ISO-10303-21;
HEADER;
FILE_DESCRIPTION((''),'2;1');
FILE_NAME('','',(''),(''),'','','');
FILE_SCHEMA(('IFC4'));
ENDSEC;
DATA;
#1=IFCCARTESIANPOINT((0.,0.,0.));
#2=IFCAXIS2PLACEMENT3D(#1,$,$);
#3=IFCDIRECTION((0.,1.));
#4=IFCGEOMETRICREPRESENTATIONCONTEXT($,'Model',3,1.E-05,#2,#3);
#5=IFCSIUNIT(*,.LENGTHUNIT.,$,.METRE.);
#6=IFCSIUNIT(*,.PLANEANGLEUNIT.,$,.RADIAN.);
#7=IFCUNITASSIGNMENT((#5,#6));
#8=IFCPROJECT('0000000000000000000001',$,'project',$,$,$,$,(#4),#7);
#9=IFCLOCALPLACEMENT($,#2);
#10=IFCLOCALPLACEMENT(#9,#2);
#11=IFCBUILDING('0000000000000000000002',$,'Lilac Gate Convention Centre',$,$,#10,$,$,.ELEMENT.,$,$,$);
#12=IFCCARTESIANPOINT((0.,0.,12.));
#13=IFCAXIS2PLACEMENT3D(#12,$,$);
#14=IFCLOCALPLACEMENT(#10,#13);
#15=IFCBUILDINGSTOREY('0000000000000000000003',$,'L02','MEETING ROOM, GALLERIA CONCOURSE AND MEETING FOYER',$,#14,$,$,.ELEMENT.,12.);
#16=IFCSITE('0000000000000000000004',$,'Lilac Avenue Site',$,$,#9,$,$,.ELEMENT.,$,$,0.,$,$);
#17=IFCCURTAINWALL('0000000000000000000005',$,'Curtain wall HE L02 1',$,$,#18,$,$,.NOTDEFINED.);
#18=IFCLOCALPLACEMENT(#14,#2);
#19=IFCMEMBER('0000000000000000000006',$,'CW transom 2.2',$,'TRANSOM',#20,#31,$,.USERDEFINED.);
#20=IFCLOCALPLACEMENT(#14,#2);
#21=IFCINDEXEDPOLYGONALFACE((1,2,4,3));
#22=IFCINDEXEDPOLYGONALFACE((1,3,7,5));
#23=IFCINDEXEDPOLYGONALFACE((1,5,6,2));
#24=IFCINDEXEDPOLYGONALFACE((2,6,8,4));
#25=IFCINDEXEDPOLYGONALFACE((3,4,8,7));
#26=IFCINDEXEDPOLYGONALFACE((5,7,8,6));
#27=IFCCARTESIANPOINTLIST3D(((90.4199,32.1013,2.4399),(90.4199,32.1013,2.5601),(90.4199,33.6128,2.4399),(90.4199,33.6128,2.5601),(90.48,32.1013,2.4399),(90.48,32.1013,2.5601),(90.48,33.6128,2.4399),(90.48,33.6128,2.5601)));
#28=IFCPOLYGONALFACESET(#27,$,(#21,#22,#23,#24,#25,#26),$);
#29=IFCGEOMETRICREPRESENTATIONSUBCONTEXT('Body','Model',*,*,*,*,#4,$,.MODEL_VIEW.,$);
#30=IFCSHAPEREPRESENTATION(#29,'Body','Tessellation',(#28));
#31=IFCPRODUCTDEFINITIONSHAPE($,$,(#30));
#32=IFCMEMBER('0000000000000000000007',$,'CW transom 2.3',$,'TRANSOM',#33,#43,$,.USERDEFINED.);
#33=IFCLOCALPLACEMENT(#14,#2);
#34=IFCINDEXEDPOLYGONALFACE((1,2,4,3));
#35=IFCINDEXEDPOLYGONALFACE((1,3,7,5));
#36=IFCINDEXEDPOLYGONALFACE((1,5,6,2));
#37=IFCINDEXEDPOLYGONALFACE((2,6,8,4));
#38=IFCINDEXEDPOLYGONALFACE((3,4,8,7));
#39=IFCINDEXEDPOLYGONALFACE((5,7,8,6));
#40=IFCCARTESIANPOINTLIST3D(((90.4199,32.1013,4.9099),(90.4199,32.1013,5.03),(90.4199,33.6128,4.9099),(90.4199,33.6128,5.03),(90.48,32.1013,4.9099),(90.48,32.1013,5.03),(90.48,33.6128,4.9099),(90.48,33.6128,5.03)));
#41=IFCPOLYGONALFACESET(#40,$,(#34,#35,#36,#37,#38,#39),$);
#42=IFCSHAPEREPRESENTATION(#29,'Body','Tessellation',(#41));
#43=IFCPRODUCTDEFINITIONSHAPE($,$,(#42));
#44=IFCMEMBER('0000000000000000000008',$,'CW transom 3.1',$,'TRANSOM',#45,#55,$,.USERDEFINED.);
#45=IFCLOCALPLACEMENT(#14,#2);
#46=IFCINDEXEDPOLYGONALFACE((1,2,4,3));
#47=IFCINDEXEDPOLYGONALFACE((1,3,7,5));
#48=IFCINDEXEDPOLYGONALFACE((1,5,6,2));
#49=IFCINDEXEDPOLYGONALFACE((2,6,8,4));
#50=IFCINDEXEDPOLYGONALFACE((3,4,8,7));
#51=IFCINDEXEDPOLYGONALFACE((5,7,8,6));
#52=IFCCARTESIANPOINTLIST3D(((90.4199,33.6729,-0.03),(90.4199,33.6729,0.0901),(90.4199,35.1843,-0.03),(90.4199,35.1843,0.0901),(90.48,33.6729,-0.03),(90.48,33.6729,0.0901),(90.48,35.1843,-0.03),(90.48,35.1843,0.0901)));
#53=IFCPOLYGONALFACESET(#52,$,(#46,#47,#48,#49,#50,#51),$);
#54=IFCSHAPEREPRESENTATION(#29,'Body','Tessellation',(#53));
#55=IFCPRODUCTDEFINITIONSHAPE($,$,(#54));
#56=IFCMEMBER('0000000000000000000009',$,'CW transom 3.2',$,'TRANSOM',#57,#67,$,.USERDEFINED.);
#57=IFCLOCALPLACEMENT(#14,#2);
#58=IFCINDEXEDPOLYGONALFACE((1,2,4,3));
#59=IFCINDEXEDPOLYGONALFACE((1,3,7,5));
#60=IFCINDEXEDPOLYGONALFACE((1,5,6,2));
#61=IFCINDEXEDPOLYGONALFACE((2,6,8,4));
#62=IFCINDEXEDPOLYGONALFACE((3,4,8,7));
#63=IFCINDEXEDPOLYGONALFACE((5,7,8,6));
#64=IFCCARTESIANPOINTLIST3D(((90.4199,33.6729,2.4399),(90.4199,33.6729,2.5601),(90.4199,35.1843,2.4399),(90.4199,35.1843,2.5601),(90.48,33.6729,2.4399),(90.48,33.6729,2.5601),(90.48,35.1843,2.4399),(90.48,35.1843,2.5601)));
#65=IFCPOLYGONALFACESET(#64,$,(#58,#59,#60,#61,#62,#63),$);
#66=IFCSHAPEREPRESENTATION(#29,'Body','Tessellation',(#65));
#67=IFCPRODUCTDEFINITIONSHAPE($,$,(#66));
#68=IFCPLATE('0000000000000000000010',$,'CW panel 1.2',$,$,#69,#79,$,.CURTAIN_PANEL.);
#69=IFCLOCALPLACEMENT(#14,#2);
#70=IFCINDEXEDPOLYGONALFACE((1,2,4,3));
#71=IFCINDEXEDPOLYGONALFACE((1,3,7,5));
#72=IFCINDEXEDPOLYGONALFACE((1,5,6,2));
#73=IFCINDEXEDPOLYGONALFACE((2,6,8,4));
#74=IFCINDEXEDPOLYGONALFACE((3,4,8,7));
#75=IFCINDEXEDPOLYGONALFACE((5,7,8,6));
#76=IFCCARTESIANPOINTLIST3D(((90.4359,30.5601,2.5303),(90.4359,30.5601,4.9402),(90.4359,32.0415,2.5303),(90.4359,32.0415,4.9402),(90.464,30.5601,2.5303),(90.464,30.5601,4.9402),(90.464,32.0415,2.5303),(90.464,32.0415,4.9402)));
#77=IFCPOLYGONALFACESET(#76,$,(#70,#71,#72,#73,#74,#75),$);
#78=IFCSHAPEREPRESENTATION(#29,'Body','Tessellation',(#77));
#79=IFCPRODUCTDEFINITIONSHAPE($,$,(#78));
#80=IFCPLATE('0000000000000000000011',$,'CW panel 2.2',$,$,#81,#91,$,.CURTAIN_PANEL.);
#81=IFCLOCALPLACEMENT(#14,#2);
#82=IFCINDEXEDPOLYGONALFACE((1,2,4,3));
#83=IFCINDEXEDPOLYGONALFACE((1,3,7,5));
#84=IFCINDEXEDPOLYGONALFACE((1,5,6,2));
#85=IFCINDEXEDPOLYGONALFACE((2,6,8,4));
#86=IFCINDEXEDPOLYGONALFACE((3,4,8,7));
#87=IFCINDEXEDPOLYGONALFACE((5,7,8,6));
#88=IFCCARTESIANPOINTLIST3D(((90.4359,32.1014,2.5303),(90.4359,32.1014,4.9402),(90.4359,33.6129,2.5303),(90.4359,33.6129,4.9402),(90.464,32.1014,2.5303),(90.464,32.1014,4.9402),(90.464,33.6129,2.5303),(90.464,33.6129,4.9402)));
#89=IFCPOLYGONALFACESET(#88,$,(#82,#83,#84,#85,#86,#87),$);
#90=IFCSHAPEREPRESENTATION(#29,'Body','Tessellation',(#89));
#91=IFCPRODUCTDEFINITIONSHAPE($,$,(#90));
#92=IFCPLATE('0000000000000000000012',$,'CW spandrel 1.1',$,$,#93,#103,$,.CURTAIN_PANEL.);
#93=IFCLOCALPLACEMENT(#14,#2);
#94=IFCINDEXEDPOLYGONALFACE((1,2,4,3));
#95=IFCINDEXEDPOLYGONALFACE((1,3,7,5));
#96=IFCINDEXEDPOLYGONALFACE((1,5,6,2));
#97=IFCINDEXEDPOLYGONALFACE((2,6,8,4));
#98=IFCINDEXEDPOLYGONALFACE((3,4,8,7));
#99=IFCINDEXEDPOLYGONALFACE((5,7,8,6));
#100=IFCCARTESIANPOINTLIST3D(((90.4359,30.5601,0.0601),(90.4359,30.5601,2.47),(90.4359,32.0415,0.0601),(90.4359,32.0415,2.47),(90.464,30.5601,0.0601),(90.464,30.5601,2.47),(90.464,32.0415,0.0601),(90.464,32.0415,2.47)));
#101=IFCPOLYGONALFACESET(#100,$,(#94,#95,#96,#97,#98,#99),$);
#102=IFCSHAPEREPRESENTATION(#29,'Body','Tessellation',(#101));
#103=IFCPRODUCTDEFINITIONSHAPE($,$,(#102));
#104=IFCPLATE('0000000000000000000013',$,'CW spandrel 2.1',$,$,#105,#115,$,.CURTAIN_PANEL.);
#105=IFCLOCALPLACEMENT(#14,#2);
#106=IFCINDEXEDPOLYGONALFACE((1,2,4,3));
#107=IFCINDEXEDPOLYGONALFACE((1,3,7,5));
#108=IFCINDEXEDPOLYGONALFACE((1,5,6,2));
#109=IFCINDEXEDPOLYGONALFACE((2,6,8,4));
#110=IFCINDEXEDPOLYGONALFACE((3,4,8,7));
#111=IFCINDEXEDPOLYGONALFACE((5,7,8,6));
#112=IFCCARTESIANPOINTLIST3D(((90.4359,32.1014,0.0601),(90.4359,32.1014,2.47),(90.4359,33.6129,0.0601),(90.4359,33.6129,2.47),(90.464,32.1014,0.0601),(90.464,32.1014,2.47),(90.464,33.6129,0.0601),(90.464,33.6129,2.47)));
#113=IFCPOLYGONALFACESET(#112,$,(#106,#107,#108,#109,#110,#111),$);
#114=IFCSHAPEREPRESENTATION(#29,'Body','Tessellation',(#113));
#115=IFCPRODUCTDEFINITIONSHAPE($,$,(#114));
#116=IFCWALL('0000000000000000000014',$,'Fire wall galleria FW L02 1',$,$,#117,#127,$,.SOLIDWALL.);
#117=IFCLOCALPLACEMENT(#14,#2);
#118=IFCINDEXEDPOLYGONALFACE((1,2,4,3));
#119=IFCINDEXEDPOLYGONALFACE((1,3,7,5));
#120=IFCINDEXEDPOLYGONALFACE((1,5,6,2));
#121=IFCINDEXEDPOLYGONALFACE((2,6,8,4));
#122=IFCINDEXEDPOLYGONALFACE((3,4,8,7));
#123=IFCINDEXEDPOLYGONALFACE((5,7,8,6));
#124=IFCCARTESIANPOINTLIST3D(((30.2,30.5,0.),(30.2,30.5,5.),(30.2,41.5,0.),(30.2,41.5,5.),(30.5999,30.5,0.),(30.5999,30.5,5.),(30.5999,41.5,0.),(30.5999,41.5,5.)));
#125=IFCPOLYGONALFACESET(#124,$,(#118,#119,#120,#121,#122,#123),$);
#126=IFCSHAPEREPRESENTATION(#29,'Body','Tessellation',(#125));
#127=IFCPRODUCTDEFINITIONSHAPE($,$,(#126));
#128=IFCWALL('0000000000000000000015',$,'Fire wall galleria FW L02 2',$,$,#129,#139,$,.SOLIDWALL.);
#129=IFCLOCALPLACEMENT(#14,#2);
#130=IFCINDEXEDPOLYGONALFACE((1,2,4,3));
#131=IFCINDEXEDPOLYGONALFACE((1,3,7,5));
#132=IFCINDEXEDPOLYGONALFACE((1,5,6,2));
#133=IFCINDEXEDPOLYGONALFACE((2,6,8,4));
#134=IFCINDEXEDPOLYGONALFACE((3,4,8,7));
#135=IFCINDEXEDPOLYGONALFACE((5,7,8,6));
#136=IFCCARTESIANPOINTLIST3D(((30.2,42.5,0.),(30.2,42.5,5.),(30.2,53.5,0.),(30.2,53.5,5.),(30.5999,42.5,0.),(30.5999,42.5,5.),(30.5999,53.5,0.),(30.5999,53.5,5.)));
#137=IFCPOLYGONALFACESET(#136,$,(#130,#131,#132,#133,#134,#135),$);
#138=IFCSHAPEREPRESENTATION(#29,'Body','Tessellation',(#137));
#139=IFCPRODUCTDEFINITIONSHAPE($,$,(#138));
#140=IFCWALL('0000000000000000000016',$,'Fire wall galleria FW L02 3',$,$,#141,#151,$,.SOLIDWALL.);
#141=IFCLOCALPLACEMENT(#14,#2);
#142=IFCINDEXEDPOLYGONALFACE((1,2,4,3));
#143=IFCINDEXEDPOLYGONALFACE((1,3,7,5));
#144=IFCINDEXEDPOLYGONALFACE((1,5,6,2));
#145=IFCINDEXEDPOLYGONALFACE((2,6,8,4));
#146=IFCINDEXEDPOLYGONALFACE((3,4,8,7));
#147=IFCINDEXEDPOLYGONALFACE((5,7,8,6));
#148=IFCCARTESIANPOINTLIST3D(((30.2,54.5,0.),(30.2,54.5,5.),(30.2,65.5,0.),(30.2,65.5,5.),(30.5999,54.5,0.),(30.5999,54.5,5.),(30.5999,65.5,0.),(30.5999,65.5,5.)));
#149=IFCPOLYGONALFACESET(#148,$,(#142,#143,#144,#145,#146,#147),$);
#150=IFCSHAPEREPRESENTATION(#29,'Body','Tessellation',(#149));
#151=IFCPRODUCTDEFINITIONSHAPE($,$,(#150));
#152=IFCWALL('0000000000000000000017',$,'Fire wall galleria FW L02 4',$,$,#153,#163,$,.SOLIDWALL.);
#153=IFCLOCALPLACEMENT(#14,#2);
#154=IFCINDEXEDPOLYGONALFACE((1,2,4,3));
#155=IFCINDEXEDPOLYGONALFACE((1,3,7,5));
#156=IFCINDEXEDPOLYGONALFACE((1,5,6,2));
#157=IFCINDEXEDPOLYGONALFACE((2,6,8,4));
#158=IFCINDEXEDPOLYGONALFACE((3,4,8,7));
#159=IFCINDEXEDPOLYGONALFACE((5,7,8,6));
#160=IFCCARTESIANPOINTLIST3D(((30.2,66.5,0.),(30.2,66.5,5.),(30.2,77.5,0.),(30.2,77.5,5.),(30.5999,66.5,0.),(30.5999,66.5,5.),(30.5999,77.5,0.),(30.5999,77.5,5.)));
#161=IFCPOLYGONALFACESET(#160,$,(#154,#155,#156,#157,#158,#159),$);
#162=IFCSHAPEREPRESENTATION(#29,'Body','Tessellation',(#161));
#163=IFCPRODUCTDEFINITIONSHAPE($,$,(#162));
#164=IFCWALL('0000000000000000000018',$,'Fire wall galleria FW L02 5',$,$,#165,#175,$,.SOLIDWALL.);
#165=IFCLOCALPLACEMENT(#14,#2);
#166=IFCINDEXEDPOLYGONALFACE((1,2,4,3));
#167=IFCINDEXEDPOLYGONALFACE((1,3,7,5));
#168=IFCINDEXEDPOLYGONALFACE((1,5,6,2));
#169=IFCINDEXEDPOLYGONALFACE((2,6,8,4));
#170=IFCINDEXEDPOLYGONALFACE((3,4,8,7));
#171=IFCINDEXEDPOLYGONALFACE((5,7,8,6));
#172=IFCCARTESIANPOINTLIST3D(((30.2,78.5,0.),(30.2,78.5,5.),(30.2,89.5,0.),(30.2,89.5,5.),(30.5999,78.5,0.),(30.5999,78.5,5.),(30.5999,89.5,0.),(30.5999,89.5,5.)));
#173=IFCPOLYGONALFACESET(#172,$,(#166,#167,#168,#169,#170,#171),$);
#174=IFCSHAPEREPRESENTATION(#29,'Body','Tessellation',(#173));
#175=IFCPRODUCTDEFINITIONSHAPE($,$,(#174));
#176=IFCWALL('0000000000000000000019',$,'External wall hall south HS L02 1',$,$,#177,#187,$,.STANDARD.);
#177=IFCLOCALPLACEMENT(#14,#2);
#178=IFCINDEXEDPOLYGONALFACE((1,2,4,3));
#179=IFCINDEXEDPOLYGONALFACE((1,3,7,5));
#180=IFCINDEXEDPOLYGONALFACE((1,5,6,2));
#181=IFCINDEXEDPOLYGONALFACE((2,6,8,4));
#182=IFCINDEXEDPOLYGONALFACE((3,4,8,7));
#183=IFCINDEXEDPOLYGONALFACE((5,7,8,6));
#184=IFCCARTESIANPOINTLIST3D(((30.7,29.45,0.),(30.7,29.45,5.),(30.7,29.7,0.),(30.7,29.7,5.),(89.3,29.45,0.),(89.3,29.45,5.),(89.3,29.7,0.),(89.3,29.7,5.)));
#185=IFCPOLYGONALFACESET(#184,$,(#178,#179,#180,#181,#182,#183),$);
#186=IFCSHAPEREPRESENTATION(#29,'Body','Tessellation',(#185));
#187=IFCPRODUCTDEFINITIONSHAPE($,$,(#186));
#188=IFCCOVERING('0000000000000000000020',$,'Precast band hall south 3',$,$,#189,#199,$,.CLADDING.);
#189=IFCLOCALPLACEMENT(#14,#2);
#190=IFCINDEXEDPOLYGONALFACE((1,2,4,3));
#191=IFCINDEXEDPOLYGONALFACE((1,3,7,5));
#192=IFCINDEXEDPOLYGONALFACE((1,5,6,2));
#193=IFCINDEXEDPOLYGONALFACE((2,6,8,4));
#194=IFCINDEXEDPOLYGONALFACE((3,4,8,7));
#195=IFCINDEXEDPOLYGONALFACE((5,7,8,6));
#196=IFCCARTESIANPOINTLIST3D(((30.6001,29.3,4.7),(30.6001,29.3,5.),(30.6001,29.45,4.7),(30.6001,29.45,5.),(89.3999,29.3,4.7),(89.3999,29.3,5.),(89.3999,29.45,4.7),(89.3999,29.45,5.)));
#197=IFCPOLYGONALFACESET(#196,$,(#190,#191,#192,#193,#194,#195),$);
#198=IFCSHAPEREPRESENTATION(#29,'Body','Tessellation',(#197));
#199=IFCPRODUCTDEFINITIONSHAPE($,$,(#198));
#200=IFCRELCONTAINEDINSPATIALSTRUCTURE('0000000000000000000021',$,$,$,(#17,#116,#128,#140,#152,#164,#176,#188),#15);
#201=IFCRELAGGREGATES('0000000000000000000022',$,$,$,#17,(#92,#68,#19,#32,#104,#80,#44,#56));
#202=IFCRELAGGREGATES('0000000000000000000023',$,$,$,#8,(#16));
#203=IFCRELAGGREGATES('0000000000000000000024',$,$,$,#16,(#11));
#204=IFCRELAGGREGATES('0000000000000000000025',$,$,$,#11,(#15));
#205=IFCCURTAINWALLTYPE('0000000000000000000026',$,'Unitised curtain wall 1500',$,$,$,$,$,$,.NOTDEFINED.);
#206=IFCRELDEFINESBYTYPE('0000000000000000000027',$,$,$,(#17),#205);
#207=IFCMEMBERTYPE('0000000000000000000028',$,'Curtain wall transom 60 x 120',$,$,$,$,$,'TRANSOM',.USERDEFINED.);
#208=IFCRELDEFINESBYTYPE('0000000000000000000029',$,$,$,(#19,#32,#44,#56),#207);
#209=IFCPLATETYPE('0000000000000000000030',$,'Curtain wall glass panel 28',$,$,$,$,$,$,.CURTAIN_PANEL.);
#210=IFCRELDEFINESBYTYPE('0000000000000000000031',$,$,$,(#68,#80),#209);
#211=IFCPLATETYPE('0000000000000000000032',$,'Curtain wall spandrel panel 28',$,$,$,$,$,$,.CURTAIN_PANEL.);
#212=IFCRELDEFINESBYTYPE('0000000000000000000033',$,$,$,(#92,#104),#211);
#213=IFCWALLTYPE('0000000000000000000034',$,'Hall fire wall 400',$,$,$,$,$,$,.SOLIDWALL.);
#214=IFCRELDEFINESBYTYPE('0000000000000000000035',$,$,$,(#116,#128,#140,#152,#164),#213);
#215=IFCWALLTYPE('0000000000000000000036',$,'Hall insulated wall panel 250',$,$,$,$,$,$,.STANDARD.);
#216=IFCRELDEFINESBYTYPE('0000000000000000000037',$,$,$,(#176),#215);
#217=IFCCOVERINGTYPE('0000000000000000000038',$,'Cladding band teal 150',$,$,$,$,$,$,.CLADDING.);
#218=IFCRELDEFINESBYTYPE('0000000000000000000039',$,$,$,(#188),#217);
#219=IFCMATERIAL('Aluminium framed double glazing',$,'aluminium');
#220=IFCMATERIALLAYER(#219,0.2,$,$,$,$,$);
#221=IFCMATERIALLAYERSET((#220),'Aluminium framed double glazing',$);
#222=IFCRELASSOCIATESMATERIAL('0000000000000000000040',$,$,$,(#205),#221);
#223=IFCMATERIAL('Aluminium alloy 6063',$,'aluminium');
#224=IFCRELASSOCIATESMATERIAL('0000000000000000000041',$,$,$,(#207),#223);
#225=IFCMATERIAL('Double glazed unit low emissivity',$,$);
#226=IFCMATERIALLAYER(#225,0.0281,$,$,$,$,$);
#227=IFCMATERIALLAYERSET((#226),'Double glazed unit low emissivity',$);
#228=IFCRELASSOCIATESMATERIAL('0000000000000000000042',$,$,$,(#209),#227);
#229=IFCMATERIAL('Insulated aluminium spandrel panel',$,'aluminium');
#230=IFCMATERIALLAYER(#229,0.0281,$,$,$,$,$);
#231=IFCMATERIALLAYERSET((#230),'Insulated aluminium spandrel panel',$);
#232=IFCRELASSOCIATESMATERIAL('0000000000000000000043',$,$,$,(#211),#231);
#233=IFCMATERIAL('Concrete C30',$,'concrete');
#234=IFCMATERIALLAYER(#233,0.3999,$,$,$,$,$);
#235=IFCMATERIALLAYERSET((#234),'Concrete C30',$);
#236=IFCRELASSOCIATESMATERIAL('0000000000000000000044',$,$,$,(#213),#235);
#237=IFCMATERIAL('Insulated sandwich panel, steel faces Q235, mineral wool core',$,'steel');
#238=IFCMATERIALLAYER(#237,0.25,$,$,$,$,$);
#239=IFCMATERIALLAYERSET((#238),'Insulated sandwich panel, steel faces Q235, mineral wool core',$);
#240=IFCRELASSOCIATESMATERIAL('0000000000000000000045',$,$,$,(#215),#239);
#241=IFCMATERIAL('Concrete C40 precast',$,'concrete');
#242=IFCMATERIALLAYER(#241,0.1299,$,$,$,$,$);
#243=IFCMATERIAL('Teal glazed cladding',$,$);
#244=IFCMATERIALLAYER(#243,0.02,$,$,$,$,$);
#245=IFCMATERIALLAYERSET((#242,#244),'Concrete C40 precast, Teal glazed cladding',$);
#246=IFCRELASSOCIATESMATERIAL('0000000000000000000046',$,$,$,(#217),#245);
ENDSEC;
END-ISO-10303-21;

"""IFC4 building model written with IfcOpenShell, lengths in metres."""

from ifc_helpers import new_model, si_unit, direction, frame, frame_2d, origin, origin_2d, place, context, subcontext, project, spatial, rectangle, extrude, material, layer, layer_set, material_profile, profile_set, type_object, element, aggregate, save


model = new_model("IFC4")

# Units and contexts
model_context = context("Model", 3, precision=1e-05, world=origin(), true_north=direction((0.0, 1.0)))
body_context = subcontext(model_context, "Body", "Model", "MODEL_VIEW")
ifc_project = project(units=[si_unit("LENGTHUNIT", "METRE"), si_unit("PLANEANGLEUNIT", "RADIAN")], contexts=[model_context])

# Site, building, storey
site_placement = place(None, origin())
site = spatial("IfcSite", under=ifc_project, at=site_placement, Name="Lilac Avenue Site", CompositionType="ELEMENT", RefElevation=0.0)
building_placement = place(site_placement, origin())
building = spatial("IfcBuilding", under=site, at=building_placement, Name="Lilac Gate Convention Centre", CompositionType="ELEMENT")
storey_placement = place(building_placement, frame((0.0, 0.0, 12.0)))
storey = spatial("IfcBuildingStorey", under=building, at=storey_placement, Name="L02", Description="MEETING ROOM, GALLERIA CONCOURSE AND MEETING FOYER", CompositionType="ELEMENT", Elevation=12.0)

# Curtain wall, members, plates
ifc_material_1 = material(Name="Aluminium framed double glazing", Category="aluminium")
ifc_layer_1 = layer(ifc_material_1, 0.2)
ifc_layer_set_1 = layer_set([ifc_layer_1], Name="Aluminium framed double glazing")
curtain_wall_type = type_object("IfcCurtainWallType", Name="Unitised curtain wall 1500", PredefinedType="NOTDEFINED", material=ifc_layer_set_1)
curtain_wall_placement = place(storey_placement, origin())
curtain_wall = element("IfcCurtainWall", 1, at=curtain_wall_placement, inside=storey, type_object=curtain_wall_type, Name="Curtain wall HE L02 1", PredefinedType="NOTDEFINED")
ifc_material_2 = material(Name="Aluminium alloy 6063", Category="aluminium")
ifc_material_profile_1 = material_profile(ifc_material_2, rectangle(XDim=0.0601, YDim=0.1201, at=origin_2d()), Name="Curtain wall transom 60 x 120")
ifc_profile_set_1 = profile_set([ifc_material_profile_1], Name="Aluminium alloy 6063")
member_type_1 = type_object("IfcMemberType", Name="Curtain wall transom 60 x 120", ElementType="TRANSOM", PredefinedType="USERDEFINED", material=ifc_profile_set_1)
member_1_placement = place(storey_placement, frame((90.45, 32.1013, 2.5), z_axis=(0.0, 1.0, 0.0), x_axis=(-1.0, 0.0, 0.0)))
member_1 = element("IfcMember", 2, at=member_1_placement, type_object=member_type_1, Name="CW transom 2.2", ObjectType="TRANSOM", PredefinedType="USERDEFINED", context=body_context, shape_type="SweptSolid", body=[
    extrude(rectangle(XDim=0.0601, YDim=0.1201, at=origin_2d()), origin(), (0.0, 0.0, 1.0), 1.5115),
])
member_2_placement = place(storey_placement, frame((90.45, 32.1013, 4.97), z_axis=(0.0, 1.0, 0.0), x_axis=(-1.0, 0.0, 0.0)))
member_2 = element("IfcMember", 3, at=member_2_placement, type_object=member_type_1, Name="CW transom 2.3", ObjectType="TRANSOM", PredefinedType="USERDEFINED", context=body_context, shape_type="SweptSolid", body=[
    extrude(rectangle(XDim=0.0601, YDim=0.1201, at=origin_2d()), origin(), (0.0, 0.0, 1.0), 1.5115),
])
member_3_placement = place(storey_placement, frame((90.45, 33.6729, 0.03), z_axis=(0.0, 1.0, 0.0), x_axis=(-1.0, 0.0, 0.0)))
member_3 = element("IfcMember", 4, at=member_3_placement, type_object=member_type_1, Name="CW transom 3.1", ObjectType="TRANSOM", PredefinedType="USERDEFINED", context=body_context, shape_type="SweptSolid", body=[
    extrude(rectangle(XDim=0.0601, YDim=0.1201, at=origin_2d()), origin(), (0.0, 0.0, 1.0), 1.5115),
])
member_4_placement = place(storey_placement, frame((90.45, 33.6729, 2.5), z_axis=(0.0, 1.0, 0.0), x_axis=(-1.0, 0.0, 0.0)))
member_4 = element("IfcMember", 5, at=member_4_placement, type_object=member_type_1, Name="CW transom 3.2", ObjectType="TRANSOM", PredefinedType="USERDEFINED", context=body_context, shape_type="SweptSolid", body=[
    extrude(rectangle(XDim=0.0601, YDim=0.1201, at=origin_2d()), origin(), (0.0, 0.0, 1.0), 1.5115),
])
ifc_material_3 = material(Name="Double glazed unit low emissivity")
ifc_layer_2 = layer(ifc_material_3, 0.0281)
ifc_layer_set_2 = layer_set([ifc_layer_2], Name="Double glazed unit low emissivity")
plate_type_1 = type_object("IfcPlateType", Name="Curtain wall glass panel 28", PredefinedType="CURTAIN_PANEL", material=ifc_layer_set_2)
plate_1_placement = place(storey_placement, frame((90.45, 31.3008, 2.5303), z_axis=(0.0, 0.0, 1.0), x_axis=(0.0, 1.0, 0.0)))
plate_1 = element("IfcPlate", 6, at=plate_1_placement, type_object=plate_type_1, Name="CW panel 1.2", PredefinedType="CURTAIN_PANEL", context=body_context, shape_type="SweptSolid", body=[
    extrude(rectangle(XDim=1.4814, YDim=0.0281, at=origin_2d()), origin(), (0.0, 0.0, 1.0), 2.4099),
])
plate_2_placement = place(storey_placement, frame((90.45, 32.8572, 2.5303), z_axis=(0.0, 0.0, 1.0), x_axis=(0.0, 1.0, 0.0)))
plate_2 = element("IfcPlate", 7, at=plate_2_placement, type_object=plate_type_1, Name="CW panel 2.2", PredefinedType="CURTAIN_PANEL", context=body_context, shape_type="SweptSolid", body=[
    extrude(rectangle(XDim=1.5115, YDim=0.0281, at=origin_2d()), origin(), (0.0, 0.0, 1.0), 2.4099),
])
ifc_material_4 = material(Name="Insulated aluminium spandrel panel", Category="aluminium")
ifc_layer_3 = layer(ifc_material_4, 0.0281)
ifc_layer_set_3 = layer_set([ifc_layer_3], Name="Insulated aluminium spandrel panel")
plate_type_2 = type_object("IfcPlateType", Name="Curtain wall spandrel panel 28", PredefinedType="CURTAIN_PANEL", material=ifc_layer_set_3)
plate_3_placement = place(storey_placement, frame((90.45, 31.3008, 0.0601), z_axis=(0.0, 0.0, 1.0), x_axis=(0.0, 1.0, 0.0)))
plate_3 = element("IfcPlate", 8, at=plate_3_placement, type_object=plate_type_2, Name="CW spandrel 1.1", PredefinedType="CURTAIN_PANEL", context=body_context, shape_type="SweptSolid", body=[
    extrude(rectangle(XDim=1.4814, YDim=0.0281, at=origin_2d()), origin(), (0.0, 0.0, 1.0), 2.4099),
])
plate_4_placement = place(storey_placement, frame((90.45, 32.8572, 0.0601), z_axis=(0.0, 0.0, 1.0), x_axis=(0.0, 1.0, 0.0)))
plate_4 = element("IfcPlate", 9, at=plate_4_placement, type_object=plate_type_2, Name="CW spandrel 2.1", PredefinedType="CURTAIN_PANEL", context=body_context, shape_type="SweptSolid", body=[
    extrude(rectangle(XDim=1.5115, YDim=0.0281, at=origin_2d()), origin(), (0.0, 0.0, 1.0), 2.4099),
])
aggregate(curtain_wall, [plate_3, plate_1, member_1, member_2, plate_4, plate_2, member_3, member_4])

# Walls
ifc_material_5 = material(Name="Concrete C30", Category="concrete")
ifc_layer_4 = layer(ifc_material_5, 0.3999)
ifc_layer_set_4 = layer_set([ifc_layer_4], Name="Concrete C30")
wall_type_1 = type_object("IfcWallType", Name="Hall fire wall 400", PredefinedType="SOLIDWALL", material=ifc_layer_set_4)
for number, where, z_axis, x_axis, name in (
    (10, (30.3999, 30.5, 0.0), (0.0, 0.0, 1.0), (0.0, 1.0, 0.0), "Fire wall galleria FW L02 1"),
    (11, (30.3999, 42.5, 0.0), (0.0, 0.0, 1.0), (0.0, 1.0, 0.0), "Fire wall galleria FW L02 2"),
    (12, (30.3999, 54.5, 0.0), (0.0, 0.0, 1.0), (0.0, 1.0, 0.0), "Fire wall galleria FW L02 3"),
    (13, (30.3999, 66.5, 0.0), (0.0, 0.0, 1.0), (0.0, 1.0, 0.0), "Fire wall galleria FW L02 4"),
    (14, (30.3999, 78.5, 0.0), (0.0, 0.0, 1.0), (0.0, 1.0, 0.0), "Fire wall galleria FW L02 5"),
):
    element("IfcWall", number, at=place(storey_placement, frame(where, z_axis=z_axis, x_axis=x_axis)), inside=storey, type_object=wall_type_1, Name=name, PredefinedType="SOLIDWALL", context=body_context, shape_type="SweptSolid", body=[
        extrude(rectangle(XDim=11.0, YDim=0.3999, at=frame_2d((5.5, 0.0))), origin(), (0.0, 0.0, 1.0), 5.0),
    ])
ifc_material_6 = material(Name="Insulated sandwich panel, steel faces Q235, mineral wool core", Category="steel")
ifc_layer_5 = layer(ifc_material_6, 0.25)
ifc_layer_set_5 = layer_set([ifc_layer_5], Name="Insulated sandwich panel, steel faces Q235, mineral wool core")
wall_type_2 = type_object("IfcWallType", Name="Hall insulated wall panel 250", PredefinedType="STANDARD", material=ifc_layer_set_5)
wall_placement = place(storey_placement, frame((30.7, 29.575, 0.0), z_axis=(0.0, 0.0, 1.0), x_axis=(1.0, 0.0, 0.0)))
element("IfcWall", 15, at=wall_placement, inside=storey, type_object=wall_type_2, Name="External wall hall south HS L02 1", PredefinedType="STANDARD", context=body_context, shape_type="SweptSolid", body=[
    extrude(rectangle(XDim=58.6001, YDim=0.25, at=frame_2d((29.3, 0.0))), origin(), (0.0, 0.0, 1.0), 5.0),
])

# Covering
ifc_material_7 = material(Name="Concrete C40 precast", Category="concrete")
ifc_layer_6 = layer(ifc_material_7, 0.1299)
ifc_material_8 = material(Name="Teal glazed cladding")
ifc_layer_7 = layer(ifc_material_8, 0.02)
ifc_layer_set_6 = layer_set([ifc_layer_6, ifc_layer_7], Name="Concrete C40 precast, Teal glazed cladding")
covering_type_1 = type_object("IfcCoveringType", Name="Cladding band teal 150", PredefinedType="CLADDING", material=ifc_layer_set_6)
covering_1_placement = place(storey_placement, frame((30.6001, 29.375, 4.7), z_axis=(0.0, 0.0, 1.0), x_axis=(1.0, 0.0, 0.0)))
element("IfcCovering", 16, at=covering_1_placement, inside=storey, type_object=covering_type_1, Name="Precast band hall south 3", PredefinedType="CLADDING", context=body_context, shape_type="SweptSolid", body=[
    extrude(rectangle(XDim=58.7998, YDim=0.1499, at=frame_2d((29.3999, 0.0))), origin(), (0.0, 0.0, 1.0), 0.3),
])

save(model, "model.ifc")
